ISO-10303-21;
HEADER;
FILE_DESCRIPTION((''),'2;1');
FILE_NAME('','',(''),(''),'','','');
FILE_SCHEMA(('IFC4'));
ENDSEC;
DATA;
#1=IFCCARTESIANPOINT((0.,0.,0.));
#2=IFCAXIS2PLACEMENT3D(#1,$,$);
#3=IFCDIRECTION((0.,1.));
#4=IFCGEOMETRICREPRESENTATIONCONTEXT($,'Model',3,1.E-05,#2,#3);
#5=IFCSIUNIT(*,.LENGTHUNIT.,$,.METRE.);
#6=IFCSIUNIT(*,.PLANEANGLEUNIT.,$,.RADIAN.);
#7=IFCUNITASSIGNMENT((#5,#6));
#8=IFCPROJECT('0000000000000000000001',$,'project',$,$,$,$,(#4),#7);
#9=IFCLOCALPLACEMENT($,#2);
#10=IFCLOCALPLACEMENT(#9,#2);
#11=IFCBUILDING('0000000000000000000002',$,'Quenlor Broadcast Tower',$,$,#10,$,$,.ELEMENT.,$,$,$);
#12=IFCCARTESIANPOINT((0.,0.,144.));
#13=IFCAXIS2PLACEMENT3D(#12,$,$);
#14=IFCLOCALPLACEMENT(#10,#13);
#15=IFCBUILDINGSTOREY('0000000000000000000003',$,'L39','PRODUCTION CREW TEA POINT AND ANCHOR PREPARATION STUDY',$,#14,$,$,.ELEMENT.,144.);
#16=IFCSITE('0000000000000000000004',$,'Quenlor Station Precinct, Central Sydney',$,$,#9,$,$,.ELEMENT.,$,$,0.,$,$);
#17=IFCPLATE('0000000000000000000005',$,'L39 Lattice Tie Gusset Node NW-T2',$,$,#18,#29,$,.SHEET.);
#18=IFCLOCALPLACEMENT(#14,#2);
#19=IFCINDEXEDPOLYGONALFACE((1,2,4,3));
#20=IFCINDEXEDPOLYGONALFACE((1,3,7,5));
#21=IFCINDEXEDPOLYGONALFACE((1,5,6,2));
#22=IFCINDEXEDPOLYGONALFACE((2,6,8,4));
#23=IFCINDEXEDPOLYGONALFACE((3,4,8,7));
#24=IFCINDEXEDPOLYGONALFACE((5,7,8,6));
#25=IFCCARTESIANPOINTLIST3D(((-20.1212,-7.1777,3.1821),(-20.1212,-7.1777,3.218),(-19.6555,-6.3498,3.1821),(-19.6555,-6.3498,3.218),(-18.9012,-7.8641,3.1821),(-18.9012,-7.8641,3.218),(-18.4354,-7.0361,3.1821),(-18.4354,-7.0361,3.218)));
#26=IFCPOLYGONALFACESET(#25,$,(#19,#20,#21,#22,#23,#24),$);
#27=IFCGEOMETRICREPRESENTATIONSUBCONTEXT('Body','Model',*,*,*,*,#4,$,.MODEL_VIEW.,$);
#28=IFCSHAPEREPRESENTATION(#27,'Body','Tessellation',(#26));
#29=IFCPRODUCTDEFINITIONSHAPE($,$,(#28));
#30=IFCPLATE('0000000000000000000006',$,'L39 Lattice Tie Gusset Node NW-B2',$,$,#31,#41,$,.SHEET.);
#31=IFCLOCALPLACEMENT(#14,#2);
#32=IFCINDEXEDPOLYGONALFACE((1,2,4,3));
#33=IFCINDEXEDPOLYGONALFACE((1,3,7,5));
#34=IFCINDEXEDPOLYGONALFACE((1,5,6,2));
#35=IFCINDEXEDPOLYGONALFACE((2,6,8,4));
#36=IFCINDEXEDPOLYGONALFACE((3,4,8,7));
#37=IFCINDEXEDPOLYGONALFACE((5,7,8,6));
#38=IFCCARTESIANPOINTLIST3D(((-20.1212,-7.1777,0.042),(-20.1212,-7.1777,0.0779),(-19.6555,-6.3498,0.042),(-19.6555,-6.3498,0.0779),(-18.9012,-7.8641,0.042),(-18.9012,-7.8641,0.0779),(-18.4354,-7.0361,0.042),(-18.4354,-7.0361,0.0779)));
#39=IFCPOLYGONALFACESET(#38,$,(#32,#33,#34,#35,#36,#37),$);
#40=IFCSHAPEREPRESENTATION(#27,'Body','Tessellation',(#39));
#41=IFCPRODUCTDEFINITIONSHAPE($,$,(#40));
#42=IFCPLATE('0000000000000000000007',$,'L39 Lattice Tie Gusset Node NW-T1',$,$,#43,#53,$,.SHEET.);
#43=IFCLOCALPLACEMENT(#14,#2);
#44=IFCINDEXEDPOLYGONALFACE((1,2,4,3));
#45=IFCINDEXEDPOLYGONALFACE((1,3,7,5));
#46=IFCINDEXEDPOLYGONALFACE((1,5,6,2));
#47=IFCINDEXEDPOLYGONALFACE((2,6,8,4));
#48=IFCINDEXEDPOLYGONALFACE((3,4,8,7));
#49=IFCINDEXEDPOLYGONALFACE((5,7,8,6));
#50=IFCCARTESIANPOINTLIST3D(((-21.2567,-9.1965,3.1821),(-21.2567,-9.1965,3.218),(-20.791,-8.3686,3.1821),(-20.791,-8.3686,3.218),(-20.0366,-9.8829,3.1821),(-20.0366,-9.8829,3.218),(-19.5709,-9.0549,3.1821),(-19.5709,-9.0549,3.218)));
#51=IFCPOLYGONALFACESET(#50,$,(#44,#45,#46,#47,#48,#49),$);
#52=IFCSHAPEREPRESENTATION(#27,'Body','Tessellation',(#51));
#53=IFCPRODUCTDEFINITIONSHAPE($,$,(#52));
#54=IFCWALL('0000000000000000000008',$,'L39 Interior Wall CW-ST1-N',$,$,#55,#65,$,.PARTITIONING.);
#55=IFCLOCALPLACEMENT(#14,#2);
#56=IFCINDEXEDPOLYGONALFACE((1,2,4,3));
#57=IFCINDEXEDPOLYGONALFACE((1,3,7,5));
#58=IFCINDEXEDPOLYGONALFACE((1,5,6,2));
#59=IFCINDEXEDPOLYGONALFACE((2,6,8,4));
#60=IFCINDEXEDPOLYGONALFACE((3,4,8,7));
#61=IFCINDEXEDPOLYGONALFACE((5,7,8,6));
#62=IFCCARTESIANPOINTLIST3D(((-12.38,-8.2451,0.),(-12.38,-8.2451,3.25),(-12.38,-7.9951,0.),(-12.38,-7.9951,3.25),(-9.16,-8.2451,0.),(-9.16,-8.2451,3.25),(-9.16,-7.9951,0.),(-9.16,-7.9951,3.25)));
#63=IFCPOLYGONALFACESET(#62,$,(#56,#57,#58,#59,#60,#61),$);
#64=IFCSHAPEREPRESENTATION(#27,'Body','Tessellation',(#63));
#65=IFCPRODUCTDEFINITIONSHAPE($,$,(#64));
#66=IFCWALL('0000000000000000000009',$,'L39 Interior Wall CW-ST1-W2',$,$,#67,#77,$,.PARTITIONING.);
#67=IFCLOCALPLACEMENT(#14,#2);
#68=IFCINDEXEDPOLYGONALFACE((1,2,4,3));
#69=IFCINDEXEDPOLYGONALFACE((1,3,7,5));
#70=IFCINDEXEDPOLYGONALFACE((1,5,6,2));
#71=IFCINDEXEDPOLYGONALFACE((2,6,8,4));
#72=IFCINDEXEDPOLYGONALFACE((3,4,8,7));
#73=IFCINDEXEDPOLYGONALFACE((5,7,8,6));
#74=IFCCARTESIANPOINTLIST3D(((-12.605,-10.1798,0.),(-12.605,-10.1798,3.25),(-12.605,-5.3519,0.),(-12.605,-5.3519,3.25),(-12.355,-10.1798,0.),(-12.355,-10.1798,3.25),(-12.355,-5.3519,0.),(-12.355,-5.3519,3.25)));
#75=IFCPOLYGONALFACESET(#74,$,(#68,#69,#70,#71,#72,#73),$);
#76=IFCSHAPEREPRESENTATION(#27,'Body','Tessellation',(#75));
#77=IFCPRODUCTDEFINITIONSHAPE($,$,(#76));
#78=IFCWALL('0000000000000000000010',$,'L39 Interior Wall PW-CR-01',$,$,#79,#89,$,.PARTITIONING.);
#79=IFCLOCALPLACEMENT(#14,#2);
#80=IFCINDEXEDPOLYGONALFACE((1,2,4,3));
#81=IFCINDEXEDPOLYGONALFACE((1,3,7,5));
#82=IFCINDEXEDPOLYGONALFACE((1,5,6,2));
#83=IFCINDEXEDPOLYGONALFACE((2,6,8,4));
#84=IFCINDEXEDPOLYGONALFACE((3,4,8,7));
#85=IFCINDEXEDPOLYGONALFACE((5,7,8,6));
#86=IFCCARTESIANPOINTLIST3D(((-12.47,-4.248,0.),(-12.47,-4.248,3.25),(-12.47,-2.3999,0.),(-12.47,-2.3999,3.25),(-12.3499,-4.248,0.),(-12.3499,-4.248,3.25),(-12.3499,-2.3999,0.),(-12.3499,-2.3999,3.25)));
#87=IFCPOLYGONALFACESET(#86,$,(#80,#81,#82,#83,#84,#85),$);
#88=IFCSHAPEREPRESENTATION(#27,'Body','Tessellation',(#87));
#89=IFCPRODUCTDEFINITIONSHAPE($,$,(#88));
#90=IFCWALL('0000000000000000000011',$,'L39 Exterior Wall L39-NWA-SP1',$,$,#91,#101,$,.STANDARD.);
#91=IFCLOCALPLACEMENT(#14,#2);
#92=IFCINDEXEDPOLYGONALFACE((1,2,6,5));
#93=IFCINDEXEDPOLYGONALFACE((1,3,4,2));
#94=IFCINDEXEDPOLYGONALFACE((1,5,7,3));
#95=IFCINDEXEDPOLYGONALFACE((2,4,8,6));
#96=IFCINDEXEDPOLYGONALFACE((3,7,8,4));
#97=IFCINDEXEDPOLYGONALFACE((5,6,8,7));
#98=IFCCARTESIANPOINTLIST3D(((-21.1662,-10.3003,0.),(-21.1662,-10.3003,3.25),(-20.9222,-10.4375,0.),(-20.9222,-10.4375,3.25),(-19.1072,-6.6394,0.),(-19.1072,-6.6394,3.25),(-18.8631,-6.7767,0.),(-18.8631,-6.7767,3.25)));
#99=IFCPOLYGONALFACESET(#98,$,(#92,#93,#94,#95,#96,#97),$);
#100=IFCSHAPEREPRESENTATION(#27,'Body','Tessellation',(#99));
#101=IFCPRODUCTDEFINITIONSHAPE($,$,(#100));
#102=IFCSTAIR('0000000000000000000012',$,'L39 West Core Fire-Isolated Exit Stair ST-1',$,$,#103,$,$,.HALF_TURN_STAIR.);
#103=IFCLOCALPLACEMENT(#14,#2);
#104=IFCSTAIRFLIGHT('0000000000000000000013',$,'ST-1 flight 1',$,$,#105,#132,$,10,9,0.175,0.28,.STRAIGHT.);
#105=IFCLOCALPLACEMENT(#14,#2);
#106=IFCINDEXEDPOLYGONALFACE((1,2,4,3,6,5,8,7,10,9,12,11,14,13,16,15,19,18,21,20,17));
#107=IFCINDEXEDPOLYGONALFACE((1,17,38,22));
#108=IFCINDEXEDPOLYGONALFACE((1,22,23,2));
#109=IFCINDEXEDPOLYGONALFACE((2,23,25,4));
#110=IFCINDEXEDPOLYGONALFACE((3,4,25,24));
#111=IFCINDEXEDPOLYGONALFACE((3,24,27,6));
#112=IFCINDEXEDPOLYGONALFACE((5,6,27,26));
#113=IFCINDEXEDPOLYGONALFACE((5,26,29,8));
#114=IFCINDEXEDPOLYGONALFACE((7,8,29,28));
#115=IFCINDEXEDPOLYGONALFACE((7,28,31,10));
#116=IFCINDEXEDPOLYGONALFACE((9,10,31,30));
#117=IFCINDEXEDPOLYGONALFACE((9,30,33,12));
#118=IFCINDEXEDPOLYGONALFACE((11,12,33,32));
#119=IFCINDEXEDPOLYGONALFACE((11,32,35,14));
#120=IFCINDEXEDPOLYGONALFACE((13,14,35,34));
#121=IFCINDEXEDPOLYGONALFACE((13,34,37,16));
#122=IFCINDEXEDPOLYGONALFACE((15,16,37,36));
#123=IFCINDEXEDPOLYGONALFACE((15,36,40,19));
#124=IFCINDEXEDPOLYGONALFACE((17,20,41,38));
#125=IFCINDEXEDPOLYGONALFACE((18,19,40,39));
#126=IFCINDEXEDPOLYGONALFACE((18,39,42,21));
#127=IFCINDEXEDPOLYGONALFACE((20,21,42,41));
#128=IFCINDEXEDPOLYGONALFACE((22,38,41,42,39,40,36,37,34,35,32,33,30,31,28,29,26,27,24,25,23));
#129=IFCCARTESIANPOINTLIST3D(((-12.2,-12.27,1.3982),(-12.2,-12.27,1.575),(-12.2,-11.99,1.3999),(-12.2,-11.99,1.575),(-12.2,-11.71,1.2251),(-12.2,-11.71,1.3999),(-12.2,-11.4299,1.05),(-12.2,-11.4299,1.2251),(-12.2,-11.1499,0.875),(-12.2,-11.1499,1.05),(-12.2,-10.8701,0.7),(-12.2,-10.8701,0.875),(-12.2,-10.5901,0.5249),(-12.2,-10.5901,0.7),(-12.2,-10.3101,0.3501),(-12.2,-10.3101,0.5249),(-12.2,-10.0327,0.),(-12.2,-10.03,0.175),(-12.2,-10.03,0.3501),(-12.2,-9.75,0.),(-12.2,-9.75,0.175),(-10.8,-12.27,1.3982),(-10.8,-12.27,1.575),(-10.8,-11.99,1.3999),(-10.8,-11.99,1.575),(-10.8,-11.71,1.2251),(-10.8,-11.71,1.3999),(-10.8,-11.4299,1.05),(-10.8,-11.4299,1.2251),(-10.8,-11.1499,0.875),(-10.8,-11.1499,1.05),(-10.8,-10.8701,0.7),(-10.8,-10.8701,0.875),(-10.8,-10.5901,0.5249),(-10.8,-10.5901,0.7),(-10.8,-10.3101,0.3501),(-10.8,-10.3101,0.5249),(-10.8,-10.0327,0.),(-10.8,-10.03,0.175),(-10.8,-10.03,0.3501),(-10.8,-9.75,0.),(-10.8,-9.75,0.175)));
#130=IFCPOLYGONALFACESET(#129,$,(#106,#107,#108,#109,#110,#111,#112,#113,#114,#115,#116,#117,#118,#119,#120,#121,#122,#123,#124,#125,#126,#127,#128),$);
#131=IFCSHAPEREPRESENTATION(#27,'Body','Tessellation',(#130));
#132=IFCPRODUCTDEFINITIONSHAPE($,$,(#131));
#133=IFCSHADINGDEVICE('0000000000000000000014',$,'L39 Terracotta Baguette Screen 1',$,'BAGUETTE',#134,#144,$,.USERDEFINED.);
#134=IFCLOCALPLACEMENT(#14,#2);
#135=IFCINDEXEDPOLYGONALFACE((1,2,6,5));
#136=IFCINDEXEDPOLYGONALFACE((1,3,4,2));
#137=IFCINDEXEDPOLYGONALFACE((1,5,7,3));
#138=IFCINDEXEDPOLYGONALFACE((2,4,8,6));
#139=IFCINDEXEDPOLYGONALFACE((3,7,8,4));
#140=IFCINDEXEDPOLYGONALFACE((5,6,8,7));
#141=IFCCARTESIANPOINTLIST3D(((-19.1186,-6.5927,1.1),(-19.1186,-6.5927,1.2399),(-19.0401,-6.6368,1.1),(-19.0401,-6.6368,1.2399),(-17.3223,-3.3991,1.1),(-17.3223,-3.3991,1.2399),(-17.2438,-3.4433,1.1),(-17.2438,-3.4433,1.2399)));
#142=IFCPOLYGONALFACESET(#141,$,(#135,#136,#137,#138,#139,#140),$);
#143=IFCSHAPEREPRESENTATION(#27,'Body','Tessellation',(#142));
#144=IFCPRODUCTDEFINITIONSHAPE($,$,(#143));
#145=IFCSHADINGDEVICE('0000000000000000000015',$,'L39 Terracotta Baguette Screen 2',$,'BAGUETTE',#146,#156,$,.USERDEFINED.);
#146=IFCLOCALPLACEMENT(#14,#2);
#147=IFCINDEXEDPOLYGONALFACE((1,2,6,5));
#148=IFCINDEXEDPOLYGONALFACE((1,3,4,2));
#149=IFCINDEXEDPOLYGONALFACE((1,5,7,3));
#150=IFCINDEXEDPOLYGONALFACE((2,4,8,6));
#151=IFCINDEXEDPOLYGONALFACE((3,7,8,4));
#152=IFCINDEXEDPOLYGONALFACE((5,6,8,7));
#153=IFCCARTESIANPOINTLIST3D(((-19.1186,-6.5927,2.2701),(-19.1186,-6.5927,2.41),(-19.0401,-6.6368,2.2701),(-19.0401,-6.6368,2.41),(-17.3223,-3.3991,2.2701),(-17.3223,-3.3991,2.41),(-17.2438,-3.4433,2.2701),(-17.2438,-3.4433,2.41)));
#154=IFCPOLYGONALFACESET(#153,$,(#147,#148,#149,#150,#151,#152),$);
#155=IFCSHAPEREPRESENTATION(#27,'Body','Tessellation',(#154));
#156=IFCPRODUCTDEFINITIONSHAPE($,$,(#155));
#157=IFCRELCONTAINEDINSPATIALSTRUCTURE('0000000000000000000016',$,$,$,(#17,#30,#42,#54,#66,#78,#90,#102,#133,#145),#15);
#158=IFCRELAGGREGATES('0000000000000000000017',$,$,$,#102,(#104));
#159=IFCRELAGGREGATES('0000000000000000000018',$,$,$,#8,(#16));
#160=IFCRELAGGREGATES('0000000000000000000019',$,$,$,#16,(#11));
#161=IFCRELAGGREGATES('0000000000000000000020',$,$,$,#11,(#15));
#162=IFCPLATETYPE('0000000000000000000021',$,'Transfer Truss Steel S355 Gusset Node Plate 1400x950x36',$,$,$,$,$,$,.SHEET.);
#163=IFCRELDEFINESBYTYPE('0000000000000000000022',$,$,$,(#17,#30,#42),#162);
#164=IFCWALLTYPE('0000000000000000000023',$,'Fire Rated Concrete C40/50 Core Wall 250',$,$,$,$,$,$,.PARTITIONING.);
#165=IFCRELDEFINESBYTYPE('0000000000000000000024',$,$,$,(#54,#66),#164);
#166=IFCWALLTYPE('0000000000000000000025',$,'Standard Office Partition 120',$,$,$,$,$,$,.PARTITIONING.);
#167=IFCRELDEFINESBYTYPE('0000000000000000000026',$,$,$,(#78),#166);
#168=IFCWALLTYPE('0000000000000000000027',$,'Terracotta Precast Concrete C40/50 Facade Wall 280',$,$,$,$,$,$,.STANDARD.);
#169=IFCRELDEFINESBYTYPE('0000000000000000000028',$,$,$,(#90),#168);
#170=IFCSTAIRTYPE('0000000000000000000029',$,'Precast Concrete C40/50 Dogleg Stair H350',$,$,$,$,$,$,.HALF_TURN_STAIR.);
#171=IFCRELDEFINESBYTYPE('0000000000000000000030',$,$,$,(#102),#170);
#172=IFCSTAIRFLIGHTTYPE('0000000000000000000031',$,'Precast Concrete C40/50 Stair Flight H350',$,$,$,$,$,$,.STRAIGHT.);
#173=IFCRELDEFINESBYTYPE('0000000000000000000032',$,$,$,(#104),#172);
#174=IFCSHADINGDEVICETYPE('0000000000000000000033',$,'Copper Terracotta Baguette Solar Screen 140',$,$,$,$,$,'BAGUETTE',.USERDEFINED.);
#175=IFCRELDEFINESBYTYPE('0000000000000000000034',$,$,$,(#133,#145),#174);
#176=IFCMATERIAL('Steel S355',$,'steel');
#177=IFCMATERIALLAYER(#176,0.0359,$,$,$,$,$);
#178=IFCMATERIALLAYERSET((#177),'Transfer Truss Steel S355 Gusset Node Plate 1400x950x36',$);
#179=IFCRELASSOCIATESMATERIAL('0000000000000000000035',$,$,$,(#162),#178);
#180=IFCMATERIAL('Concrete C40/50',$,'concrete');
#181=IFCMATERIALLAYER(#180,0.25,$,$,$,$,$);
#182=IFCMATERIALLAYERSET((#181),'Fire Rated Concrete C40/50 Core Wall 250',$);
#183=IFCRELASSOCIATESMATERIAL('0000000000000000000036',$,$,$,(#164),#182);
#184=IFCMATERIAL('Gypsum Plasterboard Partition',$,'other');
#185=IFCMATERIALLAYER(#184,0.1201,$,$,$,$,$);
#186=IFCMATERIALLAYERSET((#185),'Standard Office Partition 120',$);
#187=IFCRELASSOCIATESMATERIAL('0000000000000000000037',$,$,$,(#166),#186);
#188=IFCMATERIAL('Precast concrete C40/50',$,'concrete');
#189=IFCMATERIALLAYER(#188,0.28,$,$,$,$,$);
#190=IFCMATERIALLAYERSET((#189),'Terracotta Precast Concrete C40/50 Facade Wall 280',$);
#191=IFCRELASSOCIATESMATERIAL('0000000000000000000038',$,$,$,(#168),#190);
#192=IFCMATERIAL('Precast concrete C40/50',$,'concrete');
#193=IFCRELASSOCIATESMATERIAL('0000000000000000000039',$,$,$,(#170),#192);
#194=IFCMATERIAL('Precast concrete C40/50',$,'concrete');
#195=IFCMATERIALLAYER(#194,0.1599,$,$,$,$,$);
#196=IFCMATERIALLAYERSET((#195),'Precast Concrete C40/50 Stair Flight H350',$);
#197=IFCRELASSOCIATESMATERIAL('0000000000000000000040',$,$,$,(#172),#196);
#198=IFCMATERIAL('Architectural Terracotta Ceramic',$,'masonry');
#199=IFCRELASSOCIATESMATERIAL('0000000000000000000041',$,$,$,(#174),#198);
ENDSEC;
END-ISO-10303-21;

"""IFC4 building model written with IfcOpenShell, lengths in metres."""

from ifc_helpers import new_model, si_unit, direction, frame, frame_2d, origin, origin_2d, place, context, subcontext, project, spatial, polyline, rectangle, outline, extrude, material, layer, layer_set, material_profile, profile_set, type_object, element, aggregate, save


model = new_model("IFC4")

# Units and contexts
model_context = context("Model", 3, precision=1e-05, world=origin(), true_north=direction((0.0, 1.0)))
body_context = subcontext(model_context, "Body", "Model", "MODEL_VIEW")
ifc_project = project(units=[si_unit("LENGTHUNIT", "METRE"), si_unit("PLANEANGLEUNIT", "RADIAN")], contexts=[model_context])

# Site, building, storey
site_placement = place(None, origin())
site = spatial("IfcSite", under=ifc_project, at=site_placement, Name="Quenlor Station Precinct, Central Sydney", CompositionType="ELEMENT", RefElevation=0.0)
building_placement = place(site_placement, origin())
building = spatial("IfcBuilding", under=site, at=building_placement, Name="Quenlor Broadcast Tower", CompositionType="ELEMENT")
storey_placement = place(building_placement, frame((0.0, 0.0, 144.0)))
storey = spatial("IfcBuildingStorey", under=building, at=storey_placement, Name="L39", Description="PRODUCTION CREW TEA POINT AND ANCHOR PREPARATION STUDY", CompositionType="ELEMENT", Elevation=144.0)

# Plates
ifc_material_1 = material(Name="Steel S355", Category="steel")
ifc_layer_1 = layer(ifc_material_1, 0.0359)
ifc_layer_set_1 = layer_set([ifc_layer_1], Name="Transfer Truss Steel S355 Gusset Node Plate 1400x950x36")
plate_type_1 = type_object("IfcPlateType", Name="Transfer Truss Steel S355 Gusset Node Plate 1400x950x36", PredefinedType="SHEET", material=ifc_layer_set_1)
for number, where, z_axis, x_axis, name in (
    (1, (-19.2783, -7.1069, 3.1821), (0.0, 0.0, 1.0), (-0.871556, 0.490295, 0.0), "L39 Lattice Tie Gusset Node NW-T2"),
    (2, (-19.2783, -7.1069, 0.042), (0.0, 0.0, 1.0), (-0.871556, 0.490295, 0.0), "L39 Lattice Tie Gusset Node NW-B2"),
    (3, (-20.4138, -9.1257, 3.1821), (0.0, 0.0, 1.0), (-0.871556, 0.490295, 0.0), "L39 Lattice Tie Gusset Node NW-T1"),
):
    element("IfcPlate", number, at=place(storey_placement, frame(where, z_axis=z_axis, x_axis=x_axis)), inside=storey, type_object=plate_type_1, Name=name, PredefinedType="SHEET", context=body_context, shape_type="SweptSolid", body=[
        extrude(rectangle(XDim=1.3999, YDim=0.95, at=origin_2d()), origin(), (0.0, 0.0, 1.0), 0.0359),
    ])

# Walls
ifc_material_2 = material(Name="Concrete C40/50", Category="concrete")
ifc_layer_2 = layer(ifc_material_2, 0.25)
ifc_layer_set_2 = layer_set([ifc_layer_2], Name="Fire Rated Concrete C40/50 Core Wall 250")
wall_type_1 = type_object("IfcWallType", Name="Fire Rated Concrete C40/50 Core Wall 250", PredefinedType="PARTITIONING", material=ifc_layer_set_2)
wall_1_placement = place(storey_placement, frame((-12.3799, -8.1201, 0.0), z_axis=(0.0, 0.0, 1.0), x_axis=(1.0, 0.0, 0.0)))
element("IfcWall", 4, at=wall_1_placement, inside=storey, type_object=wall_type_1, Name="L39 Interior Wall CW-ST1-N", PredefinedType="PARTITIONING", context=body_context, shape_type="SweptSolid", body=[
    extrude(rectangle(XDim=3.22, YDim=0.25, at=frame_2d((1.6099, 0.0))), origin(), (0.0, 0.0, 1.0), 3.25),
])
wall_2_placement = place(storey_placement, frame((-12.48, -10.1799, 0.0), z_axis=(0.0, 0.0, 1.0), x_axis=(0.0, 1.0, 0.0)))
element("IfcWall", 5, at=wall_2_placement, inside=storey, type_object=wall_type_1, Name="L39 Interior Wall CW-ST1-W2", PredefinedType="PARTITIONING", context=body_context, shape_type="SweptSolid", body=[
    extrude(rectangle(XDim=4.8279, YDim=0.25, at=frame_2d((2.4141, 0.0))), origin(), (0.0, 0.0, 1.0), 3.25),
])

# Walls
ifc_material_3 = material(Name="Gypsum Plasterboard Partition", Category="other")
ifc_layer_3 = layer(ifc_material_3, 0.1201)
ifc_layer_set_3 = layer_set([ifc_layer_3], Name="Standard Office Partition 120")
wall_type_2 = type_object("IfcWallType", Name="Standard Office Partition 120", PredefinedType="PARTITIONING", material=ifc_layer_set_3)
wall_3_placement = place(storey_placement, frame((-12.4099, -4.248, 0.0), z_axis=(0.0, 0.0, 1.0), x_axis=(0.0, 1.0, 0.0)))
element("IfcWall", 6, at=wall_3_placement, inside=storey, type_object=wall_type_2, Name="L39 Interior Wall PW-CR-01", PredefinedType="PARTITIONING", context=body_context, shape_type="SweptSolid", body=[
    extrude(rectangle(XDim=1.8481, YDim=0.1201, at=frame_2d((0.9241, 0.0))), origin(), (0.0, 0.0, 1.0), 3.25),
])
ifc_material_4 = material(Name="Precast concrete C40/50", Category="concrete")
ifc_layer_4 = layer(ifc_material_4, 0.28)
ifc_layer_set_4 = layer_set([ifc_layer_4], Name="Terracotta Precast Concrete C40/50 Facade Wall 280")
wall_type_3 = type_object("IfcWallType", Name="Terracotta Precast Concrete C40/50 Facade Wall 280", PredefinedType="STANDARD", material=ifc_layer_set_4)
wall_4_placement = place(storey_placement, frame((-21.0442, -10.3689, 0.0), z_axis=(0.0, 0.0, 1.0), x_axis=(0.490231, 0.871593, 0.0)))
element("IfcWall", 7, at=wall_4_placement, inside=storey, type_object=wall_type_3, Name="L39 Exterior Wall L39-NWA-SP1", PredefinedType="STANDARD", context=body_context, shape_type="SweptSolid", body=[
    extrude(rectangle(XDim=4.2002, YDim=0.28, at=frame_2d((2.1001, 0.0))), origin(), (0.0, 0.0, 1.0), 3.25),
])

# Stair, stair flight
ifc_material_5 = material(Name="Precast concrete C40/50", Category="concrete")
stair_type = type_object("IfcStairType", Name="Precast Concrete C40/50 Dogleg Stair H350", PredefinedType="HALF_TURN_STAIR", material=ifc_material_5)
stair_placement = place(storey_placement, origin())
stair = element("IfcStair", 8, at=stair_placement, inside=storey, type_object=stair_type, Name="L39 West Core Fire-Isolated Exit Stair ST-1", PredefinedType="HALF_TURN_STAIR")
ifc_material_6 = material(Name="Precast concrete C40/50", Category="concrete")
ifc_layer_5 = layer(ifc_material_6, 0.1599)
ifc_layer_set_5 = layer_set([ifc_layer_5], Name="Precast Concrete C40/50 Stair Flight H350")
stair_flight_type = type_object("IfcStairFlightType", Name="Precast Concrete C40/50 Stair Flight H350", PredefinedType="STRAIGHT", material=ifc_layer_set_5)
stair_flight_placement = place(storey_placement, frame((-11.5, -9.75, 0.0), z_axis=(0.0, 0.0, 1.0), x_axis=(0.0, -1.0, 0.0)))
stair_flight = element("IfcStairFlight", 9, at=stair_flight_placement, type_object=stair_flight_type, Name="ST-1 flight 1", NumberOfRisers=10, NumberOfTreads=9, PredefinedType="STRAIGHT", RiserHeight=0.175, TreadLength=0.28, context=body_context, shape_type="SweptSolid", body=[
    extrude(outline(polyline([(0.0, 0.0), (0.0, 0.175), (0.28, 0.175), (0.28, 0.3501), (0.5601, 0.3501), (0.5601, 0.5249), (0.8401, 0.5249), (0.8401, 0.7), (1.1201, 0.7), (1.1201, 0.875), (1.3999, 0.875), (1.3999, 1.05), (1.6799, 1.05), (1.6799, 1.2251), (1.96, 1.2251), (1.96, 1.3999), (2.24, 1.3999), (2.24, 1.575), (2.52, 1.575), (2.52, 1.75), (2.52, 1.3982), (0.2827, 0.0), (0.0, 0.0)])), frame((0.0, 0.7, 0.0), z_axis=(0.0, -1.0, 0.0), x_axis=(1.0, 0.0, 0.0)), (0.0, 0.0, 1.0), 1.3999),
])
aggregate(stair, [stair_flight])

# Shading devices
ifc_material_7 = material(Name="Architectural Terracotta Ceramic", Category="masonry")
ifc_material_profile_1 = material_profile(ifc_material_7, rectangle(XDim=0.0901, YDim=0.1399, at=origin_2d()))
ifc_profile_set_1 = profile_set([ifc_material_profile_1], Name="Architectural Terracotta Ceramic BAG90x140")
shading_device_type = type_object("IfcShadingDeviceType", Name="Copper Terracotta Baguette Solar Screen 140", ElementType="BAGUETTE", PredefinedType="USERDEFINED", material=ifc_profile_set_1)
for number, where, z_axis, x_axis, name in (
    (10, (-19.0793, -6.6147, 1.1699), (0.490258, 0.871577, 0.0), (-0.871577, 0.490258, 0.0), "L39 Terracotta Baguette Screen 1"),
    (11, (-19.0793, -6.6147, 2.3401), (0.490258, 0.871577, 0.0), (-0.871577, 0.490258, 0.0), "L39 Terracotta Baguette Screen 2"),
):
    element("IfcShadingDevice", number, at=place(storey_placement, frame(where, z_axis=z_axis, x_axis=x_axis)), inside=storey, type_object=shading_device_type, Name=name, ObjectType="BAGUETTE", PredefinedType="USERDEFINED", context=body_context, shape_type="SweptSolid", body=[
        extrude(rectangle(XDim=0.0901, YDim=0.1399, at=origin_2d()), origin(), (0.0, 0.0, 1.0), 3.6641),
    ])

save(model, "model.ifc")
